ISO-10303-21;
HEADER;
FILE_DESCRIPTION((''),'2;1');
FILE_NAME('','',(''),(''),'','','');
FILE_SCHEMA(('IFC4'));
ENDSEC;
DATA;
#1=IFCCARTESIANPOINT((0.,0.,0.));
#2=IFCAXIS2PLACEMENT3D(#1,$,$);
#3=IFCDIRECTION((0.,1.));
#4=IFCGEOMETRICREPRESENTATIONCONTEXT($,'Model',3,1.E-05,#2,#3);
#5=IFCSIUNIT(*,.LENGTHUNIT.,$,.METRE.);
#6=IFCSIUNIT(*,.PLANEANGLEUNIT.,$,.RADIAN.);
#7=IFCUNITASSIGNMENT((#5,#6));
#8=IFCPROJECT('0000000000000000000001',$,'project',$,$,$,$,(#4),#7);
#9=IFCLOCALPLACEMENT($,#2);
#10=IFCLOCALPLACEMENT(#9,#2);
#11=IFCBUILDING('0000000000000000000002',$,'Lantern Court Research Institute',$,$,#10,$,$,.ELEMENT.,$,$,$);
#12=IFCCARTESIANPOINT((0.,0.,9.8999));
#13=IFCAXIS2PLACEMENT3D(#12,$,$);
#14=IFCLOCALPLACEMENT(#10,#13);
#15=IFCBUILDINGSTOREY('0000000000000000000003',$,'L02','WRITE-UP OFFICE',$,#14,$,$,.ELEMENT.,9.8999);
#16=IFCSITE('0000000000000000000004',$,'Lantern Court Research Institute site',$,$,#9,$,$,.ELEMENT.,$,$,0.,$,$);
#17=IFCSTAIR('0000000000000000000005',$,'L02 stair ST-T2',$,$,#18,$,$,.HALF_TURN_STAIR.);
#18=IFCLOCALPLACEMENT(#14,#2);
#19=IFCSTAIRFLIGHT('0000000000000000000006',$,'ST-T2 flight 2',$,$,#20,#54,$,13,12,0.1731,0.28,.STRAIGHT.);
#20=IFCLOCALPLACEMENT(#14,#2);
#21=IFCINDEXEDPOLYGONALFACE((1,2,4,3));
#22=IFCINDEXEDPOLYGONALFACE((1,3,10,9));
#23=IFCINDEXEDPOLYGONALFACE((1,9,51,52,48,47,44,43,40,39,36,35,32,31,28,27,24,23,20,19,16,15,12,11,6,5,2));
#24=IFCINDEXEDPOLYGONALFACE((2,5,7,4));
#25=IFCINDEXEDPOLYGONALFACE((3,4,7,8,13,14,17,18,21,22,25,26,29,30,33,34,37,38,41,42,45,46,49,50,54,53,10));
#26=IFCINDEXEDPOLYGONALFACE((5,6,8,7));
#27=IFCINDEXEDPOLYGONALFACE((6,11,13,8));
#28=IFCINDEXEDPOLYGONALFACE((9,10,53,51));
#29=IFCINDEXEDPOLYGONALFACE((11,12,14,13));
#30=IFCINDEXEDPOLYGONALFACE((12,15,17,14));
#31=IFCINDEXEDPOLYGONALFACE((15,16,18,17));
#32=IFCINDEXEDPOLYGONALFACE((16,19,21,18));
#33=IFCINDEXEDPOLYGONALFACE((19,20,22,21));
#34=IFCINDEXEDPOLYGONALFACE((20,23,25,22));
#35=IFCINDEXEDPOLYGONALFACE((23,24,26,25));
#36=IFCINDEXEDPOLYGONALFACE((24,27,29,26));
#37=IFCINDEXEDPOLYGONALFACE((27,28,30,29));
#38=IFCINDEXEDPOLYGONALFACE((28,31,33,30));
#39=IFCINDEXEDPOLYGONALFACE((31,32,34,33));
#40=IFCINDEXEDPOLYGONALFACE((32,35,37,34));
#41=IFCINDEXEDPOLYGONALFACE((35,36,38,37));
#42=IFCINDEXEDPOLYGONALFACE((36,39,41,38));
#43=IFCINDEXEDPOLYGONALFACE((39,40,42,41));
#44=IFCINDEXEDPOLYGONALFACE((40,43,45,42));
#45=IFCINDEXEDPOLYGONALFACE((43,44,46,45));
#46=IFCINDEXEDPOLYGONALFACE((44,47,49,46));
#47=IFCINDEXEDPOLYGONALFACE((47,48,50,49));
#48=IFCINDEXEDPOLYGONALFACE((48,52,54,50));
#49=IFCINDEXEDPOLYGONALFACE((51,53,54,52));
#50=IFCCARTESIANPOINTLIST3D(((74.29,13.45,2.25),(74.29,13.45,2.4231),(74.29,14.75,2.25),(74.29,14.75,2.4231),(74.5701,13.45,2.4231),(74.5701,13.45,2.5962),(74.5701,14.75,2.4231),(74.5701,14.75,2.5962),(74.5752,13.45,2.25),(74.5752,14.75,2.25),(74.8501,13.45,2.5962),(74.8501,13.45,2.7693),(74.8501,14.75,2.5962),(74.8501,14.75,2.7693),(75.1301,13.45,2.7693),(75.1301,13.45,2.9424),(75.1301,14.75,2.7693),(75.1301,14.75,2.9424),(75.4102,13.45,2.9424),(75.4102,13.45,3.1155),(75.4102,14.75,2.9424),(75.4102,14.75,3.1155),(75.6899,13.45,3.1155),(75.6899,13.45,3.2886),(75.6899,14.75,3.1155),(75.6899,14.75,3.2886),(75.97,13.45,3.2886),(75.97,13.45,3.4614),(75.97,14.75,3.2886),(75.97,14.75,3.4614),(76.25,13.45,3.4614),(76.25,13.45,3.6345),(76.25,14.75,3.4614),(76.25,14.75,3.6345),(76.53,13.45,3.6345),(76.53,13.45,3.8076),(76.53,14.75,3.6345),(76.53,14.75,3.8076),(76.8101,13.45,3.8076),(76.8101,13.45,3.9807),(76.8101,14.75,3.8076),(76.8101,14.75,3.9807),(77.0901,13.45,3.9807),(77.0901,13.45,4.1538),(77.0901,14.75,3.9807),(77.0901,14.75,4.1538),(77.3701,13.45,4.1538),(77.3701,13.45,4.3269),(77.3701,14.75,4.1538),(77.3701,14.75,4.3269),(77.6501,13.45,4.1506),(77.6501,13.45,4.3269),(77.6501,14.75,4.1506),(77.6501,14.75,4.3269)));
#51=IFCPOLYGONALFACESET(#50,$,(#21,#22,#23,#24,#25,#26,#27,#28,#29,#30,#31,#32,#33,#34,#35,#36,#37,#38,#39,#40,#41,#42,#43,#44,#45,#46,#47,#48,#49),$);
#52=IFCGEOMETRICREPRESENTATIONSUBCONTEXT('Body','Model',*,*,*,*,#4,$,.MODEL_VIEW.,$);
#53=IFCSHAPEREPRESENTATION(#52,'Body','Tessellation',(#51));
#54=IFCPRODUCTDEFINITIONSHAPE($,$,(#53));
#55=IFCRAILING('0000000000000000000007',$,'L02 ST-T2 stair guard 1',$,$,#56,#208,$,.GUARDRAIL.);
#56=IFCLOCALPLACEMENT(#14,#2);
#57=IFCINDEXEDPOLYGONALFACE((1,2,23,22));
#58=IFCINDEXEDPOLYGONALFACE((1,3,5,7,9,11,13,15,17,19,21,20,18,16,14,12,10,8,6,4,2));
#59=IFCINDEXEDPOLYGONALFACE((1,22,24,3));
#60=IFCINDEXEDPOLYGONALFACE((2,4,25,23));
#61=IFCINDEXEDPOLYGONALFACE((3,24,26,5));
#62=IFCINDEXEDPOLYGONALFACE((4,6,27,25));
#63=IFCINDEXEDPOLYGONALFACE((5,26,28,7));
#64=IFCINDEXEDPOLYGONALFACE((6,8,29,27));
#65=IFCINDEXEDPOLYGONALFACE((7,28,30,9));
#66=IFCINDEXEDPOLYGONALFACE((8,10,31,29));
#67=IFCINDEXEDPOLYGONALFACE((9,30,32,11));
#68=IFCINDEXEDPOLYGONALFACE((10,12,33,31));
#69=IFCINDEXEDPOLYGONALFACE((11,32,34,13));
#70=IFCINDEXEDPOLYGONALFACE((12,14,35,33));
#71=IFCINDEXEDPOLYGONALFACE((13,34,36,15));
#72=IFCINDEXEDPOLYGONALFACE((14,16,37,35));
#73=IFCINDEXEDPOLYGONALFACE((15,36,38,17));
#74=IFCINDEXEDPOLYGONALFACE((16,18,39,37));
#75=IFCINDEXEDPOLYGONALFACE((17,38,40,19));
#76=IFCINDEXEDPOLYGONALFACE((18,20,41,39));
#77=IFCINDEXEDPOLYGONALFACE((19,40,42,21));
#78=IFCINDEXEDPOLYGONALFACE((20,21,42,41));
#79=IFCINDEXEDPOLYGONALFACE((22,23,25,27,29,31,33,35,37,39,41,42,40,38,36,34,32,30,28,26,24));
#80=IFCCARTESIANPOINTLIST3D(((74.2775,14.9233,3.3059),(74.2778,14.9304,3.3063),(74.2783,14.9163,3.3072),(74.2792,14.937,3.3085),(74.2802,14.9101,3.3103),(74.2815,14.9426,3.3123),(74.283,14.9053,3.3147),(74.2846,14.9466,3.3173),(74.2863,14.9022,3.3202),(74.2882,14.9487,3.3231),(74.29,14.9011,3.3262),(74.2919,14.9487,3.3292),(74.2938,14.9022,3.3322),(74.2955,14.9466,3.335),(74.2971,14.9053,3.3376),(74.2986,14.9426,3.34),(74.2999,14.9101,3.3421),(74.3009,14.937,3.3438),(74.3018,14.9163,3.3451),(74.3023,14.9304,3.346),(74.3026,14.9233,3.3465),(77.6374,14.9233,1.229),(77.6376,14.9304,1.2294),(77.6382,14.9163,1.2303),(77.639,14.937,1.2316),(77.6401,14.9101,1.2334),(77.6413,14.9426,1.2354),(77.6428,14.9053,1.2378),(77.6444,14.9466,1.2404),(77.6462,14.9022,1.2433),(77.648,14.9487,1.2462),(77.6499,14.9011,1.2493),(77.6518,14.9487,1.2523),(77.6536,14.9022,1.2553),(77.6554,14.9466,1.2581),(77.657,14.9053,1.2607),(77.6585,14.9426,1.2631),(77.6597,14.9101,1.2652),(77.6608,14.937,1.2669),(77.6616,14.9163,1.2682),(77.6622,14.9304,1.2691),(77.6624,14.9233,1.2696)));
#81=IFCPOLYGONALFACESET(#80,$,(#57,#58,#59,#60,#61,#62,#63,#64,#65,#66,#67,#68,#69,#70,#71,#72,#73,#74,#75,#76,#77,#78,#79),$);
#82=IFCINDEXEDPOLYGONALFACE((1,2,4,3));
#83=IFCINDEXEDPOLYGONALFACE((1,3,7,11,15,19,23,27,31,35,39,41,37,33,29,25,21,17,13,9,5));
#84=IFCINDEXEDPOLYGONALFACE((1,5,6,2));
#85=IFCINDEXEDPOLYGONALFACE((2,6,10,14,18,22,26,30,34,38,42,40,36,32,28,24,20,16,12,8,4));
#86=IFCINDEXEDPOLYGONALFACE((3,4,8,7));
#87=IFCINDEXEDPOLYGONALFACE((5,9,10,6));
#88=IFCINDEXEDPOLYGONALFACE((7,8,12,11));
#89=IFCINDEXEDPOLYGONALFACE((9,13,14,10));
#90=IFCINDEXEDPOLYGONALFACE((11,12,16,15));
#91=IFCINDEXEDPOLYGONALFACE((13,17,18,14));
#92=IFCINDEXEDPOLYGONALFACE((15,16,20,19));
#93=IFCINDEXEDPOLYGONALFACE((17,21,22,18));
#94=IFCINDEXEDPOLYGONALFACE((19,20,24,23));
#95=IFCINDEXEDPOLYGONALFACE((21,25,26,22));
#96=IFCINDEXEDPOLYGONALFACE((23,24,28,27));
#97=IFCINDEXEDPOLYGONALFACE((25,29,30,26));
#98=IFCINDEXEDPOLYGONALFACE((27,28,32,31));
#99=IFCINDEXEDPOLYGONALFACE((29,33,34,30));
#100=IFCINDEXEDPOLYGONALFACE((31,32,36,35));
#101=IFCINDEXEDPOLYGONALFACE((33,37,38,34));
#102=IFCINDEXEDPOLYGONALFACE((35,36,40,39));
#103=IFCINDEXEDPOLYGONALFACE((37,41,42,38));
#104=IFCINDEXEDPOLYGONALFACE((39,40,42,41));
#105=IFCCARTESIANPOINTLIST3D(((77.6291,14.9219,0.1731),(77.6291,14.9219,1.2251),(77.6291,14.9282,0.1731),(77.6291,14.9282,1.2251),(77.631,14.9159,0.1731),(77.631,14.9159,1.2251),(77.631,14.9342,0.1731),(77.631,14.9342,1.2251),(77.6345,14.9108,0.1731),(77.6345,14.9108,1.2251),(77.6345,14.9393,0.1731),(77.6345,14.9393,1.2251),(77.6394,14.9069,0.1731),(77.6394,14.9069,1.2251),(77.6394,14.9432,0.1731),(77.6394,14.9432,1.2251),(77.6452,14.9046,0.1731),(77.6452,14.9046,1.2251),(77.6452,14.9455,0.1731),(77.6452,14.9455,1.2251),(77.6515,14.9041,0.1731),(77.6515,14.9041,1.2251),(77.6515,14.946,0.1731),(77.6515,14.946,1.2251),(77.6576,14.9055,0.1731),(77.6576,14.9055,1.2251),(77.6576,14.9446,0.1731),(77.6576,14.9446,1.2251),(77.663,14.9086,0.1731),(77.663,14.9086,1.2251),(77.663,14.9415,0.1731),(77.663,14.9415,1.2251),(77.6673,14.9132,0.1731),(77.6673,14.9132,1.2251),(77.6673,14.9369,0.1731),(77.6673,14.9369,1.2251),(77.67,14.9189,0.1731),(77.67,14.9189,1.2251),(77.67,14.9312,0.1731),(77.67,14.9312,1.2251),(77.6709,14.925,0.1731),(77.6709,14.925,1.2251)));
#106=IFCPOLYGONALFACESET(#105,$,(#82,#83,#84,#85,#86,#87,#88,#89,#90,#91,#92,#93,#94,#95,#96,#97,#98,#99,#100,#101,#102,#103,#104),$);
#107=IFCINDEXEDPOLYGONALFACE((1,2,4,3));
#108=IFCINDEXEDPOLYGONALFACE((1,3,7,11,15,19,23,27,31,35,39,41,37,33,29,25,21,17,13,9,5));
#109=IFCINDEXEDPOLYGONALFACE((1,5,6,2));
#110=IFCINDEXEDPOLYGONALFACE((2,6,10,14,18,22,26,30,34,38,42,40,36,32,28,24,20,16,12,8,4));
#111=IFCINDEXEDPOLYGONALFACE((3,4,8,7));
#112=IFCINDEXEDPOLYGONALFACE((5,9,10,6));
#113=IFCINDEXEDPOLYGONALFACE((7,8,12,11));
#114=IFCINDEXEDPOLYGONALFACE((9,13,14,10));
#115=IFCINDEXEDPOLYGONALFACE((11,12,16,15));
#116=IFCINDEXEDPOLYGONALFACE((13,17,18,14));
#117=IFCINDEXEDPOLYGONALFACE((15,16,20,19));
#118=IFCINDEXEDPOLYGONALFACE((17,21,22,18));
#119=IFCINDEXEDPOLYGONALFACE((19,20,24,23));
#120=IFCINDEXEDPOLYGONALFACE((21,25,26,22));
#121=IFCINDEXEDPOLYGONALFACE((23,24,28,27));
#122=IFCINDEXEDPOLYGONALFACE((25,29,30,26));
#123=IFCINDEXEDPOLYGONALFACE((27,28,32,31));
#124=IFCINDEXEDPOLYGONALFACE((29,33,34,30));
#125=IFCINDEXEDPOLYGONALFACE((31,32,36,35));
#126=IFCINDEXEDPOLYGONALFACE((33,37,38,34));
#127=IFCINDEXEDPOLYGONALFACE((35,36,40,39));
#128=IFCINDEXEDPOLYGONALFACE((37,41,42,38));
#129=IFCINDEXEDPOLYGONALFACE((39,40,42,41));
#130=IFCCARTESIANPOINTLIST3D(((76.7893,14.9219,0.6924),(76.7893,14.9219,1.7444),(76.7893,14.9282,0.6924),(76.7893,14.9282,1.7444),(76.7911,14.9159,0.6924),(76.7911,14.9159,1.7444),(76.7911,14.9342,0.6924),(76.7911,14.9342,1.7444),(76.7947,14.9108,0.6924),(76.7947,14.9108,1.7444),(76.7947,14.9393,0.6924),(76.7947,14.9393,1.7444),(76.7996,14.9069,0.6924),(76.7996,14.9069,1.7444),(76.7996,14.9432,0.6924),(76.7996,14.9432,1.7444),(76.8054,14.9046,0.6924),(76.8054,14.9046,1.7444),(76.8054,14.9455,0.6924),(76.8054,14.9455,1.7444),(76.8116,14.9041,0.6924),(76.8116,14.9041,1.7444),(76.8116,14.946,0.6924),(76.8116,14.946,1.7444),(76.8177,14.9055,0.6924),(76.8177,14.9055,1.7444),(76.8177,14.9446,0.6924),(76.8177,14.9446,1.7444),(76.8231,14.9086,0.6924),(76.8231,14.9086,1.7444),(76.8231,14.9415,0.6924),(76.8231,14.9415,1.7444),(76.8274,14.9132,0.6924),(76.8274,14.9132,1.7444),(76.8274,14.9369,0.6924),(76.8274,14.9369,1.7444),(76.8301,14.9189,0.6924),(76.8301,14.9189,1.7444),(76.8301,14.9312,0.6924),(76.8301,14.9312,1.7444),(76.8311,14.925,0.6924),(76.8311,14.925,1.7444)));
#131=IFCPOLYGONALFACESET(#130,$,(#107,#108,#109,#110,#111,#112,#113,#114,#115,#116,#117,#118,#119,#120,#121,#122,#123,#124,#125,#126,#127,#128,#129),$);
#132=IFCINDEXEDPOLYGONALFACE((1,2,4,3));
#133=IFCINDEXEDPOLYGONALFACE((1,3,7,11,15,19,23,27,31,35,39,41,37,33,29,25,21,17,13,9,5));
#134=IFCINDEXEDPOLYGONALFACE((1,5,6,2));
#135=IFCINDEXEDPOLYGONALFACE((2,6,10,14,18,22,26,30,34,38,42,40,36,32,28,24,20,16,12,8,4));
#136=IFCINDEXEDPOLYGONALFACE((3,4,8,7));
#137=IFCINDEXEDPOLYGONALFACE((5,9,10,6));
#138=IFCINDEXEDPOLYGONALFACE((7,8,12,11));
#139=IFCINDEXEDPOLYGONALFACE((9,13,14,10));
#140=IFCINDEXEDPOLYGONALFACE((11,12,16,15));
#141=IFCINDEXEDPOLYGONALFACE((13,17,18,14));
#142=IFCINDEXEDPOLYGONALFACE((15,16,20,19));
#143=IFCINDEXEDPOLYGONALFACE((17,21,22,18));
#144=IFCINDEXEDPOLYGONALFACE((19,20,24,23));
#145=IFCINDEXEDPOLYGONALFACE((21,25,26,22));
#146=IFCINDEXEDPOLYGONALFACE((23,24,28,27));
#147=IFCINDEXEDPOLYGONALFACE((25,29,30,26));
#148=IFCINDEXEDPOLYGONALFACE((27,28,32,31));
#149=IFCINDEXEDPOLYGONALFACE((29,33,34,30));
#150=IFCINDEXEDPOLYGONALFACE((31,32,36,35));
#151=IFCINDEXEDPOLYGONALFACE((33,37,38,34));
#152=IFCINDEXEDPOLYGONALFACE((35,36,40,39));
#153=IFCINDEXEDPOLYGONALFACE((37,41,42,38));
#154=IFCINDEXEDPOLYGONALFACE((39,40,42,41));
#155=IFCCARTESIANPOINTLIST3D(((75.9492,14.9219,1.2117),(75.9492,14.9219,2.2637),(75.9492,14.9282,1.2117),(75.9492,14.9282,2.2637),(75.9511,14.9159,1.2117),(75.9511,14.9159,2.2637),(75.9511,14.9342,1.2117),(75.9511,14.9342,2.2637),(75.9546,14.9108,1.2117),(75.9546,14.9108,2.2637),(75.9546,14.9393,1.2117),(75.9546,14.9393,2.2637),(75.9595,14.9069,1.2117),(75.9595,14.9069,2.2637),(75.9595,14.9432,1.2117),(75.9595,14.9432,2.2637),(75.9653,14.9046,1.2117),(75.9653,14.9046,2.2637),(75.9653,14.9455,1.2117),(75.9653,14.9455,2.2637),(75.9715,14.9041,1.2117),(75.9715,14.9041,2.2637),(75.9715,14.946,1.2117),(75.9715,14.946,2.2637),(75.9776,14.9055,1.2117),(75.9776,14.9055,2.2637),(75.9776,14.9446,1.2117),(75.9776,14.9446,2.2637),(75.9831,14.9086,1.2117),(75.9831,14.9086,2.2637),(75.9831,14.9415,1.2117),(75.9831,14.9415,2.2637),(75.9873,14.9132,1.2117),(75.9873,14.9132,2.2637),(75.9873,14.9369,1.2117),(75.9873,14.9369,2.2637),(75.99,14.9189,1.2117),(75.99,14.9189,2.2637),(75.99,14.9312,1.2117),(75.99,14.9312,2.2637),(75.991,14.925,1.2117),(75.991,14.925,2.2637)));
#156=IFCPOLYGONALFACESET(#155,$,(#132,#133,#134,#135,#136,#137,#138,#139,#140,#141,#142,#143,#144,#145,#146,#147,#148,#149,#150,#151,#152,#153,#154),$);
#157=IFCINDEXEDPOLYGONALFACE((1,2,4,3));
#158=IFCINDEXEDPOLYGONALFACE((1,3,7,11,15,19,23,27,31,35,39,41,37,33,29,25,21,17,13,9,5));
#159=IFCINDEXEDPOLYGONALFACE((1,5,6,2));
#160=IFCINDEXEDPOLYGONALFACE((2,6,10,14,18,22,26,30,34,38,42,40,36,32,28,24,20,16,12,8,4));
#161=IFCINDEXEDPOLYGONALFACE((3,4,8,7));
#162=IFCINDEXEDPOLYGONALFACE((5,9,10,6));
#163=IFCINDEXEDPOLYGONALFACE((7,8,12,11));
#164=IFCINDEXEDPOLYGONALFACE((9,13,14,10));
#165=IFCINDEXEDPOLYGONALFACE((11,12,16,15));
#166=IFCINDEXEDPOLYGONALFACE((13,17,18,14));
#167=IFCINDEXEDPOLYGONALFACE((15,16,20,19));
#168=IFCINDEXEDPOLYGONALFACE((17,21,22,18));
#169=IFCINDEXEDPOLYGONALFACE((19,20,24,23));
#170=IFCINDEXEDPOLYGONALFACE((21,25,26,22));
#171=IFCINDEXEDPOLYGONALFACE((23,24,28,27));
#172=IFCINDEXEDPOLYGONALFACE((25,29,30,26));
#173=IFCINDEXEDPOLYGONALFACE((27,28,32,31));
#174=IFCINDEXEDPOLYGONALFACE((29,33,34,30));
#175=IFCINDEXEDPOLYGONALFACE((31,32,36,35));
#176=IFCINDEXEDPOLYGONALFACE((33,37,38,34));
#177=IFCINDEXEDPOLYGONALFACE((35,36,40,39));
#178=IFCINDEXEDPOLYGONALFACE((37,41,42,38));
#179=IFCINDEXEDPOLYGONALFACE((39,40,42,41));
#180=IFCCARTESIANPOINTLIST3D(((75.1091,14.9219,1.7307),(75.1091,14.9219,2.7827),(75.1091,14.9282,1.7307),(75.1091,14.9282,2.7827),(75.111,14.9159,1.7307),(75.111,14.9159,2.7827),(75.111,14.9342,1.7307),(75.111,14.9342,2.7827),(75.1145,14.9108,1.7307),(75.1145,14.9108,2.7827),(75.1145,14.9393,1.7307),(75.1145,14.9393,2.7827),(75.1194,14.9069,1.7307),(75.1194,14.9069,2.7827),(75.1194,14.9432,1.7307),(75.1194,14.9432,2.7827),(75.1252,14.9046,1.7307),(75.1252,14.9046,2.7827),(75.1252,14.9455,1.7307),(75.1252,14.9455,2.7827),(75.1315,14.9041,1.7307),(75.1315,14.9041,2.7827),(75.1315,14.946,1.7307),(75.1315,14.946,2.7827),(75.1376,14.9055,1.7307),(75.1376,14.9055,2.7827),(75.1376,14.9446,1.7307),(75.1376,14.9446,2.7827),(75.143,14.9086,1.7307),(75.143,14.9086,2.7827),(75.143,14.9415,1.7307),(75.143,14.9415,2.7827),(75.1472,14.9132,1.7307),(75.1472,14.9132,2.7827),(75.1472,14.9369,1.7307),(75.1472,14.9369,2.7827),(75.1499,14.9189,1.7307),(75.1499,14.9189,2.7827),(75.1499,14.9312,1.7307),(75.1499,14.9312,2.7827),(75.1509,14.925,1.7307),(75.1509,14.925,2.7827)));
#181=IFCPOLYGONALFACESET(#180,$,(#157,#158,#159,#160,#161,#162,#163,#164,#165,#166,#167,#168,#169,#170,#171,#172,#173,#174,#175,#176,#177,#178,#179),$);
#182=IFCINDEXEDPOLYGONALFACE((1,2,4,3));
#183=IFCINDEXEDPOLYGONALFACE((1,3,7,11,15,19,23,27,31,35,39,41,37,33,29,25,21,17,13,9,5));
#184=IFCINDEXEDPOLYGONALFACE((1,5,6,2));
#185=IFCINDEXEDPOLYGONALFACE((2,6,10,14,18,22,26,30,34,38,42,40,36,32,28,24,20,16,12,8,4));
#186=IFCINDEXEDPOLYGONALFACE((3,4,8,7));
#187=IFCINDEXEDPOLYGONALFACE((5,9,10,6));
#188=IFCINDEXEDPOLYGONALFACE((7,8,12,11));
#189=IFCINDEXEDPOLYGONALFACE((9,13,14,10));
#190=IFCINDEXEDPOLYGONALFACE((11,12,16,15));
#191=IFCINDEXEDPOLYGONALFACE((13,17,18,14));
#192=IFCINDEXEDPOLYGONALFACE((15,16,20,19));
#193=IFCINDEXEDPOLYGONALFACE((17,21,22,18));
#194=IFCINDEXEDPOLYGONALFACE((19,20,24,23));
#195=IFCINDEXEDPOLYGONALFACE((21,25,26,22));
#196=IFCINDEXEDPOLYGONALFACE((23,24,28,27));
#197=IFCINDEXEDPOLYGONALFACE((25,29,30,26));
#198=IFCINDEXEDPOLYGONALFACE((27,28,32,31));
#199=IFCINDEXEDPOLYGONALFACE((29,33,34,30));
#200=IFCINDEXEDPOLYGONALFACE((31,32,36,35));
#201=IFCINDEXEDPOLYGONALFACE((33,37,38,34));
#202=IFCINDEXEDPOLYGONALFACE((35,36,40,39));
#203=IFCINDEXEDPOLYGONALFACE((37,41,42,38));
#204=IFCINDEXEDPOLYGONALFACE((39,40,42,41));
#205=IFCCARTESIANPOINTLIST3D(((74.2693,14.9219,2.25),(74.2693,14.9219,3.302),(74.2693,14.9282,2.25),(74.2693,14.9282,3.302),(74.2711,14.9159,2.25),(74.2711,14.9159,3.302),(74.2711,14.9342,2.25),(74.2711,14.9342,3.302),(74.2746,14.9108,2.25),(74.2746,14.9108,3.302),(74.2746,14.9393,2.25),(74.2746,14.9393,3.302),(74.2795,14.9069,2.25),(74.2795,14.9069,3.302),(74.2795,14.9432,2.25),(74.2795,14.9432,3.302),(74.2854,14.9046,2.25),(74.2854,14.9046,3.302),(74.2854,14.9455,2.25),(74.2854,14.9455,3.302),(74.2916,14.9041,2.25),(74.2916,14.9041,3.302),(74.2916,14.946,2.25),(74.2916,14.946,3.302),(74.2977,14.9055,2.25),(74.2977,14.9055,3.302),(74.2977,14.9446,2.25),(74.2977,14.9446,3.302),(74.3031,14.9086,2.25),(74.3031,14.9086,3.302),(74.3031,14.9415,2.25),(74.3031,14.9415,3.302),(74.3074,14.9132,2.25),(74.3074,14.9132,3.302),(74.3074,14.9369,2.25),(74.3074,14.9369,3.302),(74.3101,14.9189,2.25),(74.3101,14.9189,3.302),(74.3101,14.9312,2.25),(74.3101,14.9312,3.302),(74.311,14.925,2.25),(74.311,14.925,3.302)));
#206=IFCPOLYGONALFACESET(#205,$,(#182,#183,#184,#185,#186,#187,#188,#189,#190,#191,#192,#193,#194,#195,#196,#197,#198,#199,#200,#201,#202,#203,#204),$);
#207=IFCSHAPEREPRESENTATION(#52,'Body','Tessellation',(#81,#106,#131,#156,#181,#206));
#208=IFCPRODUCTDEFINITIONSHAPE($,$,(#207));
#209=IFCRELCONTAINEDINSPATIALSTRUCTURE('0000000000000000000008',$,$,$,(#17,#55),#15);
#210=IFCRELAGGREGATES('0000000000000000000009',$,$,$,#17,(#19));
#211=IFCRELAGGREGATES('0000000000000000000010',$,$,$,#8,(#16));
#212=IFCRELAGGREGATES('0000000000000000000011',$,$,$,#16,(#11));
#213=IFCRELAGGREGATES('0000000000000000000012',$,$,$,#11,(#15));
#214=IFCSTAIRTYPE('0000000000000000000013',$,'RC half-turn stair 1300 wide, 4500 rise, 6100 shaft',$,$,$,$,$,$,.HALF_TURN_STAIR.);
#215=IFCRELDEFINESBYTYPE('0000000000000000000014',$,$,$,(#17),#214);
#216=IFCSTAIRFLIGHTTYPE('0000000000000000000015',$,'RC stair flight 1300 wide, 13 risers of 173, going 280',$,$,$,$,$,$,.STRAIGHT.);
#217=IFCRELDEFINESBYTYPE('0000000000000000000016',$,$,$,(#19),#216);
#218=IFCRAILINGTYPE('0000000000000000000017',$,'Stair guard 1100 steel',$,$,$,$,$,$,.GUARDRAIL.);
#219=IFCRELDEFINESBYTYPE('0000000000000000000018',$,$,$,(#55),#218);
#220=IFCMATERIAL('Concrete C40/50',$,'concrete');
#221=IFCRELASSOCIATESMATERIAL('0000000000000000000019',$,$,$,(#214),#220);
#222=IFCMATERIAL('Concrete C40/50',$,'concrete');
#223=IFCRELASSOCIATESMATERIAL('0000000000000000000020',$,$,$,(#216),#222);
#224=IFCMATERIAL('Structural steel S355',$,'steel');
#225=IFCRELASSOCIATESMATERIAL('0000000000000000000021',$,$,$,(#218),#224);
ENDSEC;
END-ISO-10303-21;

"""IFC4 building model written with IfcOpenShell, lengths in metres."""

from ifc_helpers import new_model, si_unit, direction, frame, origin, origin_2d, place, context, subcontext, project, spatial, polyline, circle, outline, extrude, material, type_object, element, aggregate, save


model = new_model("IFC4")

# Units and contexts
model_context = context("Model", 3, precision=1e-05, world=origin(), true_north=direction((0.0, 1.0)))
body_context = subcontext(model_context, "Body", "Model", "MODEL_VIEW")
ifc_project = project(units=[si_unit("LENGTHUNIT", "METRE"), si_unit("PLANEANGLEUNIT", "RADIAN")], contexts=[model_context])

# Site, building, storey
site_placement = place(None, origin())
site = spatial("IfcSite", under=ifc_project, at=site_placement, Name="Lantern Court Research Institute site", CompositionType="ELEMENT", RefElevation=0.0)
building_placement = place(site_placement, origin())
building = spatial("IfcBuilding", under=site, at=building_placement, Name="Lantern Court Research Institute", CompositionType="ELEMENT")
storey_placement = place(building_placement, frame((0.0, 0.0, 9.8999)))
storey = spatial("IfcBuildingStorey", under=building, at=storey_placement, Name="L02", Description="WRITE-UP OFFICE", CompositionType="ELEMENT", Elevation=9.8999)

# Stair, stair flight
ifc_material_1 = material(Name="Concrete C40/50", Category="concrete")
stair_type = type_object("IfcStairType", Name="RC half-turn stair 1300 wide, 4500 rise, 6100 shaft", PredefinedType="HALF_TURN_STAIR", material=ifc_material_1)
stair_placement = place(storey_placement, origin())
stair = element("IfcStair", 1, at=stair_placement, inside=storey, type_object=stair_type, Name="L02 stair ST-T2", PredefinedType="HALF_TURN_STAIR")
ifc_material_2 = material(Name="Concrete C40/50", Category="concrete")
stair_flight_type = type_object("IfcStairFlightType", Name="RC stair flight 1300 wide, 13 risers of 173, going 280", PredefinedType="STRAIGHT", material=ifc_material_2)
stair_flight_1_placement = place(storey_placement, frame((74.29, 14.1001, 2.25), z_axis=(0.0, 0.0, 1.0), x_axis=(1.0, 0.0, 0.0)))
stair_flight_1 = element("IfcStairFlight", 2, at=stair_flight_1_placement, type_object=stair_flight_type, Name="ST-T2 flight 2", NumberOfRisers=13, NumberOfTreads=12, PredefinedType="STRAIGHT", RiserHeight=0.1731, TreadLength=0.28, context=body_context, shape_type="SweptSolid", body=[
    extrude(outline(polyline([(0.0, 0.0), (0.0, 0.1731), (0.28, 0.1731), (0.28, 0.3462), (0.5601, 0.3462), (0.5601, 0.5193), (0.8401, 0.5193), (0.8401, 0.6924), (1.1201, 0.6924), (1.1201, 0.8655), (1.3999, 0.8655), (1.3999, 1.0386), (1.6799, 1.0386), (1.6799, 1.2114), (1.96, 1.2114), (1.96, 1.3845), (2.24, 1.3845), (2.24, 1.5576), (2.52, 1.5576), (2.52, 1.7307), (2.8, 1.7307), (2.8, 1.9038), (3.0801, 1.9038), (3.0801, 2.0769), (3.3601, 2.0769), (3.3601, 2.25), (3.3601, 1.9006), (0.2852, 0.0), (0.0, 0.0)])), frame((0.0, 0.6499, 0.0), z_axis=(0.0, -1.0, 0.0), x_axis=(1.0, 0.0, 0.0)), (0.0, 0.0, 1.0), 1.3),
])
aggregate(stair, [stair_flight_1])

# Railing
ifc_material_3 = material(Name="Structural steel S355", Category="steel")
railing_type_1 = type_object("IfcRailingType", Name="Stair guard 1100 steel", PredefinedType="GUARDRAIL", material=ifc_material_3)
railing_1_placement = place(storey_placement, frame((77.6499, 14.925, 0.1731)))
element("IfcRailing", 3, at=railing_1_placement, inside=storey, type_object=railing_type_1, Name="L02 ST-T2 stair guard 1", PredefinedType="GUARDRAIL", context=body_context, shape_type="SweptSolid", body=[
    extrude(circle(Radius=0.0239, at=origin_2d()), frame((0.0, 0.0, 1.0762), z_axis=(-0.850606, 0.0, 0.525803), x_axis=(0.0, -1.0, 0.0)), (0.0, 0.0, 1.0), 3.95),
    extrude(circle(Radius=0.021, at=origin_2d()), origin(), (0.0, 0.0, 1.0), 1.052),
    extrude(circle(Radius=0.021, at=origin_2d()), frame((-0.8398, 0.0, 0.5193)), (0.0, 0.0, 1.0), 1.052),
    extrude(circle(Radius=0.021, at=origin_2d()), frame((-1.6799, 0.0, 1.0386)), (0.0, 0.0, 1.0), 1.052),
    extrude(circle(Radius=0.021, at=origin_2d()), frame((-2.52, 0.0, 1.5576)), (0.0, 0.0, 1.0), 1.052),
    extrude(circle(Radius=0.021, at=origin_2d()), frame((-3.3599, 0.0, 2.0769)), (0.0, 0.0, 1.0), 1.052),
])

save(model, "model.ifc")
